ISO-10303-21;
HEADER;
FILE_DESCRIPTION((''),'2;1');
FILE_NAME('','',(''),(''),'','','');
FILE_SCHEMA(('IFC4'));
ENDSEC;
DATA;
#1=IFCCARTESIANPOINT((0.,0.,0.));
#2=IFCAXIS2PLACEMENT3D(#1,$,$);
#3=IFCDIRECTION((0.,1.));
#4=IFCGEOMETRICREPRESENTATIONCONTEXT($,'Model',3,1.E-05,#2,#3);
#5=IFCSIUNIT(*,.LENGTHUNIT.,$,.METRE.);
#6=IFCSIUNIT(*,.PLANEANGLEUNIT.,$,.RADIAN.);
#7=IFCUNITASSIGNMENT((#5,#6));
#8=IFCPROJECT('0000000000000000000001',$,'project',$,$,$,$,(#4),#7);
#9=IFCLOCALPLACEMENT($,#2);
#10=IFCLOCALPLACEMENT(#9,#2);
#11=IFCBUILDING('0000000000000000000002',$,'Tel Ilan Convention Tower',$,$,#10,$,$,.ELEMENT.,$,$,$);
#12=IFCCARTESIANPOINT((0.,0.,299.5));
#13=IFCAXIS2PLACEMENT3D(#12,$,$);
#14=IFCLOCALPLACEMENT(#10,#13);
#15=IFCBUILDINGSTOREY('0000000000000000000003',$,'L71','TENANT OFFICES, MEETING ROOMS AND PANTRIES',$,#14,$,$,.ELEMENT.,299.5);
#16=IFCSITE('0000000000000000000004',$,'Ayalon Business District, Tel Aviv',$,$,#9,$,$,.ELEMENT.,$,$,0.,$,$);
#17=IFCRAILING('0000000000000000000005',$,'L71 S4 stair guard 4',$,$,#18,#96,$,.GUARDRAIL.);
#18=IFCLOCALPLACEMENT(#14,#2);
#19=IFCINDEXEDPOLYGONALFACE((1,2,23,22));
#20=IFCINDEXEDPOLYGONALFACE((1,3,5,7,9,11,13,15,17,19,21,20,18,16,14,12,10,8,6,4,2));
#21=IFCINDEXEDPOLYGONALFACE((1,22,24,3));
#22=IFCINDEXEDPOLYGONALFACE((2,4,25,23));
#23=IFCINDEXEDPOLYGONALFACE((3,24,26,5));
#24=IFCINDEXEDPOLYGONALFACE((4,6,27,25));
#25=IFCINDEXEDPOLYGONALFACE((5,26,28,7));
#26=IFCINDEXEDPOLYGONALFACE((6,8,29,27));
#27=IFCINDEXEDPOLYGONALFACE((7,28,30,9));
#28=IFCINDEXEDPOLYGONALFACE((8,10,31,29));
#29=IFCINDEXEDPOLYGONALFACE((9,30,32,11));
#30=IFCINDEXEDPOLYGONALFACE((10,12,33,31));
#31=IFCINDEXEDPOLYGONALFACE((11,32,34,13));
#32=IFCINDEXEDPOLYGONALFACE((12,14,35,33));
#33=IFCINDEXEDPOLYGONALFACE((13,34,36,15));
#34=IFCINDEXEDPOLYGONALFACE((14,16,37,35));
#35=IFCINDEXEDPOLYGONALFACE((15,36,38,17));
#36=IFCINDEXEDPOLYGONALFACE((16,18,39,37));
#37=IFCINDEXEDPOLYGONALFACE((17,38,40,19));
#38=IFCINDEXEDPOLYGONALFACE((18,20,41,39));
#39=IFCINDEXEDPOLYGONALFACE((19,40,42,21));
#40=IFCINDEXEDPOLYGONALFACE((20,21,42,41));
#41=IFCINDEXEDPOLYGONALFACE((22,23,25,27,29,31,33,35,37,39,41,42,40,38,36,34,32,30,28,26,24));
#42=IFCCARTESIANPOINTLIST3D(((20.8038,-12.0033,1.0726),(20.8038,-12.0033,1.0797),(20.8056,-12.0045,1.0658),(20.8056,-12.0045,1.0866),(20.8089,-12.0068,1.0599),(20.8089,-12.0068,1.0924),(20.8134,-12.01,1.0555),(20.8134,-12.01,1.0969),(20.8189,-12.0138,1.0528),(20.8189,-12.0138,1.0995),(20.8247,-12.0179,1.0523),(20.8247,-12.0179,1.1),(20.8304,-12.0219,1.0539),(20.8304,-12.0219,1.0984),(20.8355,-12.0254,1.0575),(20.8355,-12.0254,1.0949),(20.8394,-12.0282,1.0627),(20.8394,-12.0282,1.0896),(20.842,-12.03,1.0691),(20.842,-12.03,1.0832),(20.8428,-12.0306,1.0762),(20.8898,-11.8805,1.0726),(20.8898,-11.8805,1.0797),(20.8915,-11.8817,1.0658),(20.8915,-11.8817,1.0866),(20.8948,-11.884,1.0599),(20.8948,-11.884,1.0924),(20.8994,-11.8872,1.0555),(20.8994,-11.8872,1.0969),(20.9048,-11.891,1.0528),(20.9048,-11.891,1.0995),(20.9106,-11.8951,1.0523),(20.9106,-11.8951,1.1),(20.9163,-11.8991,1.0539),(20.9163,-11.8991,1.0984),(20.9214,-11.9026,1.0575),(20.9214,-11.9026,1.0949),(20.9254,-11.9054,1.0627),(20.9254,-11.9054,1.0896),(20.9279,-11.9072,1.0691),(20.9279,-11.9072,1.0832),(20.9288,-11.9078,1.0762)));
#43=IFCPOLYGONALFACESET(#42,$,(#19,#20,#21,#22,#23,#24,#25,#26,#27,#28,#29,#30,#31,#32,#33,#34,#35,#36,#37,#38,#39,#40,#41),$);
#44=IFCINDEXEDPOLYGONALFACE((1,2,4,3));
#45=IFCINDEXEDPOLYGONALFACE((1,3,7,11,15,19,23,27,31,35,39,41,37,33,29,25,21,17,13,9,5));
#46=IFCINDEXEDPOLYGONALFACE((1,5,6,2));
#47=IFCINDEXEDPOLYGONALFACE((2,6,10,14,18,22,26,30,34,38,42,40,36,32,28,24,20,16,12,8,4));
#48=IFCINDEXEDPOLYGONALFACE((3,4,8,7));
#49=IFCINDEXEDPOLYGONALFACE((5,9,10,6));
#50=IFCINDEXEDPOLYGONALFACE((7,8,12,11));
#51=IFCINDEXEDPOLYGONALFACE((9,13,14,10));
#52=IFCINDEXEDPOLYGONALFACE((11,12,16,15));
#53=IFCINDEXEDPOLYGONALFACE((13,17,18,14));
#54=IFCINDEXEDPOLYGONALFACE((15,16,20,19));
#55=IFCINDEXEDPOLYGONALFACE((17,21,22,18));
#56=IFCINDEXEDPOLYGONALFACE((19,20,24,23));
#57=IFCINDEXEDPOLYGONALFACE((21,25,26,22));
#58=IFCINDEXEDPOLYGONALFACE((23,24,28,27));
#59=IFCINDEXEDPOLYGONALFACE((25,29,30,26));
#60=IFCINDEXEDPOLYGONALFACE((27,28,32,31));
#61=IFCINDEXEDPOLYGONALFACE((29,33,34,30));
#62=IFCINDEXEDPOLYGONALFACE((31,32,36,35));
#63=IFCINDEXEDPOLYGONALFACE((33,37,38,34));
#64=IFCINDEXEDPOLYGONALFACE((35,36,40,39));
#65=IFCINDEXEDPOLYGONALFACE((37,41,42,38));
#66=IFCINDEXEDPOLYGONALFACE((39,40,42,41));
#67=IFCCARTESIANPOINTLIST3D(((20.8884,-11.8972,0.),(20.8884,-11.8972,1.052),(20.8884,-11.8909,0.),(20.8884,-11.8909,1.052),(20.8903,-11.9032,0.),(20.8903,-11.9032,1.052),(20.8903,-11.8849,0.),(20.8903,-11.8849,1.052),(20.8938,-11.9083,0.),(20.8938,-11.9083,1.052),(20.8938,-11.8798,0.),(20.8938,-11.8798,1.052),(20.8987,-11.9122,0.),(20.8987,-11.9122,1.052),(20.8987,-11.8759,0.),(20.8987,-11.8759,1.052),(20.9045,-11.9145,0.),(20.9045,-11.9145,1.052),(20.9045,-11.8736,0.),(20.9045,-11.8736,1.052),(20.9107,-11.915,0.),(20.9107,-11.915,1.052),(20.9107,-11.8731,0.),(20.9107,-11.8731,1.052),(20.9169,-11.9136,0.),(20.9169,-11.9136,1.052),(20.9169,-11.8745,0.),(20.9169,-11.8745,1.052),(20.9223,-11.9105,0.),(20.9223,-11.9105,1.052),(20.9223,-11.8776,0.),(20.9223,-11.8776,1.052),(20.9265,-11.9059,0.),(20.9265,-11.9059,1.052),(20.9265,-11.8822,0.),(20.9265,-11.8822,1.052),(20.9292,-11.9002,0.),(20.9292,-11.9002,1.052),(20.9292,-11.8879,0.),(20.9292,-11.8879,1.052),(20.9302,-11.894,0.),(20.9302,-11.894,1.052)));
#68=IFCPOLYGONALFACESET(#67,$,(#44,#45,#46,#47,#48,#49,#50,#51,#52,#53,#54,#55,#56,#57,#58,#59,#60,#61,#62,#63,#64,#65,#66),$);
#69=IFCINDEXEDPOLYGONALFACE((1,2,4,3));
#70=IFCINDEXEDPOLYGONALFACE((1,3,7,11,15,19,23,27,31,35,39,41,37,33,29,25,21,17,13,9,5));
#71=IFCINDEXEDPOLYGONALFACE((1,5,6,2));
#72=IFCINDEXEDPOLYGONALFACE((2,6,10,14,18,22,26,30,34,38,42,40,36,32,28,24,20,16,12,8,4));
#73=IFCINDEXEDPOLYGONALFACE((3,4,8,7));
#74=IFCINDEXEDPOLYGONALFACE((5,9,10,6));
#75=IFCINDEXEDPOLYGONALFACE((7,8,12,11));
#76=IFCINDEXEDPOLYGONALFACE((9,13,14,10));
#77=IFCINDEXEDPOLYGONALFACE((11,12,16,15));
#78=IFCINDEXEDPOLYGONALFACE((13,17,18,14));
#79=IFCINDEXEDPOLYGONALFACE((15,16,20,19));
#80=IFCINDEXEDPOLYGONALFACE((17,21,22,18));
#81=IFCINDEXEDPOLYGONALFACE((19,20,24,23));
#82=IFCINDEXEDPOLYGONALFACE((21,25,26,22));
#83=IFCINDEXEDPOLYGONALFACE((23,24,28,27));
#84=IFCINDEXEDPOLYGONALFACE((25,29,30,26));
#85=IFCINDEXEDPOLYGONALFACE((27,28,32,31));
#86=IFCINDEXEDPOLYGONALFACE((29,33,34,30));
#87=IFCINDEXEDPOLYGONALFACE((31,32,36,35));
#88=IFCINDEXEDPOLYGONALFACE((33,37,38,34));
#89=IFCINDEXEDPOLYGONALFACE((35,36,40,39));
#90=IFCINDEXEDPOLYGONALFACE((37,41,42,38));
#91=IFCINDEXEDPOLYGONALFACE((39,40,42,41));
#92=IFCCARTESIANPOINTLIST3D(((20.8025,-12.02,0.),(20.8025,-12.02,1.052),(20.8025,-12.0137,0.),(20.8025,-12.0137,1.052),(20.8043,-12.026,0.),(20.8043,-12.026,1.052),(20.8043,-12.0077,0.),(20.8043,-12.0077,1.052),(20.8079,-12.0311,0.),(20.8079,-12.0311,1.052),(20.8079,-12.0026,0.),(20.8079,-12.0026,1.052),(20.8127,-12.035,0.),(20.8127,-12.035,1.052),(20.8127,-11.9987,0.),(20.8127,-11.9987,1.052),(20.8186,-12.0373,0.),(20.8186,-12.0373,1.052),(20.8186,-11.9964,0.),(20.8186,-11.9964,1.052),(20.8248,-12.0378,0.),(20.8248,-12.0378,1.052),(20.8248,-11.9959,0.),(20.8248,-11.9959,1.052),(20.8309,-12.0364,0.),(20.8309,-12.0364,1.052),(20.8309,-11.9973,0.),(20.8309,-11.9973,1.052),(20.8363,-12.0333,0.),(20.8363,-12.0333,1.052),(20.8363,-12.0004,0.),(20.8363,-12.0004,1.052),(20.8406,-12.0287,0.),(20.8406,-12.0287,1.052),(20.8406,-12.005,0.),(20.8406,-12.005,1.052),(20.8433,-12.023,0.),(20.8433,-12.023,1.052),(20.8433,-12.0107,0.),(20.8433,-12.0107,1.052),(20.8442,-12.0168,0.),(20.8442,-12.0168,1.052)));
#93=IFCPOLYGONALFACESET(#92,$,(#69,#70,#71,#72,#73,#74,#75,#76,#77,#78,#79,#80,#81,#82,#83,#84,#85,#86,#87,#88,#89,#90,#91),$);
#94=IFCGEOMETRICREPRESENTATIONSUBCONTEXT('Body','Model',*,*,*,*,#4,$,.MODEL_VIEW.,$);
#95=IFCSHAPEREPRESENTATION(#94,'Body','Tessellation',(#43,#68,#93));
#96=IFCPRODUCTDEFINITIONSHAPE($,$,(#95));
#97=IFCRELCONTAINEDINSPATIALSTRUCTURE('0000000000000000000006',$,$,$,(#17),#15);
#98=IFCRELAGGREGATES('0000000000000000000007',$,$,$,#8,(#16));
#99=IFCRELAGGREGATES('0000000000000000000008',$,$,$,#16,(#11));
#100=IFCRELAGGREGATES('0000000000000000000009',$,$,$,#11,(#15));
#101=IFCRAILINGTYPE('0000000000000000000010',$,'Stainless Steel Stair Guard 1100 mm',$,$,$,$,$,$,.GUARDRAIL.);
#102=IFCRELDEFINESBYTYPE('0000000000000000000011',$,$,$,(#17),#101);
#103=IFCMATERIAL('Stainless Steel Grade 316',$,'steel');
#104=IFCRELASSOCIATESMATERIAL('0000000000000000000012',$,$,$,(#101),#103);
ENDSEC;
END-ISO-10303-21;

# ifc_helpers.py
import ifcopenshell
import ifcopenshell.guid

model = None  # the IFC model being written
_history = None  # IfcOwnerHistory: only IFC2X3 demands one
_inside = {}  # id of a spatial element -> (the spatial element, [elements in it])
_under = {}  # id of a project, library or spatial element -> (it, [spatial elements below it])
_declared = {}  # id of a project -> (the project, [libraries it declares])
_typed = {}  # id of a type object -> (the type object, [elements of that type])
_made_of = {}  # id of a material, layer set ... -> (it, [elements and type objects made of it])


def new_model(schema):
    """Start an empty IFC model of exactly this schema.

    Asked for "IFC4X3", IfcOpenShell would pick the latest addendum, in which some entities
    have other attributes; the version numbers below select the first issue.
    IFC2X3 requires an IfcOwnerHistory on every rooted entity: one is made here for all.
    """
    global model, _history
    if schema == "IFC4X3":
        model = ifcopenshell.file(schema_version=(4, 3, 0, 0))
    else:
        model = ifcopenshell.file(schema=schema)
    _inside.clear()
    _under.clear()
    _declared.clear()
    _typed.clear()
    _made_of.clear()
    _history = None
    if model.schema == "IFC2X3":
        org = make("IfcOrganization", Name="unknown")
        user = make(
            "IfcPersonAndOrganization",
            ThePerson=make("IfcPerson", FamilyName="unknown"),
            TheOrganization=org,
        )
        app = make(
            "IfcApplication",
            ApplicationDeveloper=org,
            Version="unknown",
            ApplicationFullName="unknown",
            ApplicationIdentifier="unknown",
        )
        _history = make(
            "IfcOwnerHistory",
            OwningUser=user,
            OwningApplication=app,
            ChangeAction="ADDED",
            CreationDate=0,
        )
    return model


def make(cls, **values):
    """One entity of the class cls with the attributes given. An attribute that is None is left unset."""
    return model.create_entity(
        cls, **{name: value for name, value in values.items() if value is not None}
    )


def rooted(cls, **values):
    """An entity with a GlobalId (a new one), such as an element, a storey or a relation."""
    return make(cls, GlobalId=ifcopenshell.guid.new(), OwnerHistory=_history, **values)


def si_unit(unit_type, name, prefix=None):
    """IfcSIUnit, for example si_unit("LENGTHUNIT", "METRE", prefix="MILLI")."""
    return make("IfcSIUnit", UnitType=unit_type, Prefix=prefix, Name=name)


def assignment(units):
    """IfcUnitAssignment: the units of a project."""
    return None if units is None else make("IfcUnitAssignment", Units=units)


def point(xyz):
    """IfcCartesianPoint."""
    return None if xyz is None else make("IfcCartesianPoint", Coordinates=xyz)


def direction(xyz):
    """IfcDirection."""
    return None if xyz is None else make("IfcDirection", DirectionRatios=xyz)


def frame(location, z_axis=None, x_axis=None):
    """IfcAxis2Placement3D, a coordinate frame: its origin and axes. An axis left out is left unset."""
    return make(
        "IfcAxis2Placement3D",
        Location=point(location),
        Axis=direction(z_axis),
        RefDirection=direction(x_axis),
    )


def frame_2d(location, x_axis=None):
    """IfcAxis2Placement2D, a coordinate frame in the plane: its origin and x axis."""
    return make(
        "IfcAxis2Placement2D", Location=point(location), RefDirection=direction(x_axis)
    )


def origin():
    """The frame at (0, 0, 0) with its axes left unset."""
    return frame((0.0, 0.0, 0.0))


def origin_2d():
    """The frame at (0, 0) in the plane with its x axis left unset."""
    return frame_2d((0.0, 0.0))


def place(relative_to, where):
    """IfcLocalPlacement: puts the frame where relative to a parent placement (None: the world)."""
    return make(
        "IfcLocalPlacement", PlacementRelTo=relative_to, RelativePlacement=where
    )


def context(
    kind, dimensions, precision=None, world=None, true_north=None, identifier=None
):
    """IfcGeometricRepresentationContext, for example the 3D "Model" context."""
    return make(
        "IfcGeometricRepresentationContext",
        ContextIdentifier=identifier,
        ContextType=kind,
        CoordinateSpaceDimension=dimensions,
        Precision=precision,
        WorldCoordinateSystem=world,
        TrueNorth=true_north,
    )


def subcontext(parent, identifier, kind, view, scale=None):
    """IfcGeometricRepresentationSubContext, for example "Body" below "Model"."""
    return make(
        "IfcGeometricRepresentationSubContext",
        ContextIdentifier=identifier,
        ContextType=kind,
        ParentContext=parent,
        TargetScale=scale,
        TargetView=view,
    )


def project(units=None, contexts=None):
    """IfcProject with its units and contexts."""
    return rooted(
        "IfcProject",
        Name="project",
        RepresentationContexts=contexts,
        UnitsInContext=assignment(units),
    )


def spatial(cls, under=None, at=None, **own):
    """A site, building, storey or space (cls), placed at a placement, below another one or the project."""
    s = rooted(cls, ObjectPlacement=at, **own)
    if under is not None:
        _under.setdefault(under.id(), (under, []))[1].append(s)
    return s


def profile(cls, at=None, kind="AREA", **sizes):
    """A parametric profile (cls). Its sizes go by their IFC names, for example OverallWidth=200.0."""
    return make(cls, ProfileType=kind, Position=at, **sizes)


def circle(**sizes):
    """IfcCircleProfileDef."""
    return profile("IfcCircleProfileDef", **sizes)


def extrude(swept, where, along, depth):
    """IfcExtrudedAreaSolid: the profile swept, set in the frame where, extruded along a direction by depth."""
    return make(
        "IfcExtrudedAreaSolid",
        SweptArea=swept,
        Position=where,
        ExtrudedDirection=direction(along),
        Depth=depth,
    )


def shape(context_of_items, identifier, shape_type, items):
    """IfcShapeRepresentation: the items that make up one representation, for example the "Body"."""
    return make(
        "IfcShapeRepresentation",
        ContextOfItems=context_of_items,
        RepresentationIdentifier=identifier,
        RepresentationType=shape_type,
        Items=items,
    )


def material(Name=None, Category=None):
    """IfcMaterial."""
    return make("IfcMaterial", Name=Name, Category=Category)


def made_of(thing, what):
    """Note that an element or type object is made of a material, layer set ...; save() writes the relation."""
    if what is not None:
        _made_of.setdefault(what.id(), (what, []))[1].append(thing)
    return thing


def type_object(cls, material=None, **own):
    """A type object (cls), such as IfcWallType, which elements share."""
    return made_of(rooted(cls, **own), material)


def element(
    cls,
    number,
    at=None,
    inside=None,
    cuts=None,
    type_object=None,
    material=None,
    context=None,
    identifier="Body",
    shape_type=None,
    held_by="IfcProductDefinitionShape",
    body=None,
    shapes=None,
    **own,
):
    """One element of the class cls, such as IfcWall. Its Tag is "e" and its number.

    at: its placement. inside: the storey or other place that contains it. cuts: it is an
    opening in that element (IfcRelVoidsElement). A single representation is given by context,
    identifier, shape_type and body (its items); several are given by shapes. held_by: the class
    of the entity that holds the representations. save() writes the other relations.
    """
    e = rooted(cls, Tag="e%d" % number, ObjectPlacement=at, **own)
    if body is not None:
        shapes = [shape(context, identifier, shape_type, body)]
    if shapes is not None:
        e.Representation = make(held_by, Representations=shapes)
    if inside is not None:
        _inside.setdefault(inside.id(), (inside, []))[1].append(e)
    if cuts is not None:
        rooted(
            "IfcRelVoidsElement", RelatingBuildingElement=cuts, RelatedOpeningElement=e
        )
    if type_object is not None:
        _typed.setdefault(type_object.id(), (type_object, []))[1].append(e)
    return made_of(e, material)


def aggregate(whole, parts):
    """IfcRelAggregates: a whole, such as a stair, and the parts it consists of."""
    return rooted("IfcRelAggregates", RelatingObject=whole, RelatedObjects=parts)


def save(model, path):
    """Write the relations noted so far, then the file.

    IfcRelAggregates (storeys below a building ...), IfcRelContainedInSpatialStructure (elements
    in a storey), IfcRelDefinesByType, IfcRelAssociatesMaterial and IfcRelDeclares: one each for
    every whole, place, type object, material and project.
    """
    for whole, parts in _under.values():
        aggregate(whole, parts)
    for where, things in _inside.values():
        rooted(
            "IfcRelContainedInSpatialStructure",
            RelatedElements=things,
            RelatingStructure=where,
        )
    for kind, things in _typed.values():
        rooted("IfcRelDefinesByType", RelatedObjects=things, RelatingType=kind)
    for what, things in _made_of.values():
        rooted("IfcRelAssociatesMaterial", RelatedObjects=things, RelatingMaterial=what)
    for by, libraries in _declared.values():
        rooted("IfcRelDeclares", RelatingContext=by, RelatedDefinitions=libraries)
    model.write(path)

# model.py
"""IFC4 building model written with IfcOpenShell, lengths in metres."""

from ifc_helpers import new_model, si_unit, direction, frame, origin, origin_2d, place, context, subcontext, project, spatial, circle, extrude, material, type_object, element, save


model = new_model("IFC4")

# Units and contexts
model_context = context("Model", 3, precision=1e-05, world=origin(), true_north=direction((0.0, 1.0)))
body_context = subcontext(model_context, "Body", "Model", "MODEL_VIEW")
ifc_project = project(units=[si_unit("LENGTHUNIT", "METRE"), si_unit("PLANEANGLEUNIT", "RADIAN")], contexts=[model_context])

# Site, building, storey
site_placement = place(None, origin())
site = spatial("IfcSite", under=ifc_project, at=site_placement, Name="Ayalon Business District, Tel Aviv", CompositionType="ELEMENT", RefElevation=0.0)
building_placement = place(site_placement, origin())
building = spatial("IfcBuilding", under=site, at=building_placement, Name="Tel Ilan Convention Tower", CompositionType="ELEMENT")
storey_placement = place(building_placement, frame((0.0, 0.0, 299.5)))
storey = spatial("IfcBuildingStorey", under=building, at=storey_placement, Name="L71", Description="TENANT OFFICES, MEETING ROOMS AND PANTRIES", CompositionType="ELEMENT", Elevation=299.5)

# Railing
ifc_material_1 = material(Name="Stainless Steel Grade 316", Category="steel")
railing_type_1 = type_object("IfcRailingType", Name="Stainless Steel Stair Guard 1100 mm", PredefinedType="GUARDRAIL", material=ifc_material_1)
railing_1_placement = place(storey_placement, frame((20.9092, -11.894, 0.0)))
element("IfcRailing", 1, at=railing_1_placement, inside=storey, type_object=railing_type_1, Name="L71 S4 stair guard 4", PredefinedType="GUARDRAIL", context=body_context, shape_type="SweptSolid", body=[
    extrude(circle(Radius=0.0239, at=origin_2d()), frame((0.0, 0.0, 1.0762), z_axis=(-0.573353, -0.819308, 0.0), x_axis=(0.819308, -0.573353, 0.0)), (0.0, 0.0, 1.0), 0.1499),
    extrude(circle(Radius=0.021, at=origin_2d()), origin(), (0.0, 0.0, 1.0), 1.052),
    extrude(circle(Radius=0.021, at=origin_2d()), frame((-0.0859, -0.1228, 0.0)), (0.0, 0.0, 1.0), 1.052),
])

save(model, "model.ifc")
